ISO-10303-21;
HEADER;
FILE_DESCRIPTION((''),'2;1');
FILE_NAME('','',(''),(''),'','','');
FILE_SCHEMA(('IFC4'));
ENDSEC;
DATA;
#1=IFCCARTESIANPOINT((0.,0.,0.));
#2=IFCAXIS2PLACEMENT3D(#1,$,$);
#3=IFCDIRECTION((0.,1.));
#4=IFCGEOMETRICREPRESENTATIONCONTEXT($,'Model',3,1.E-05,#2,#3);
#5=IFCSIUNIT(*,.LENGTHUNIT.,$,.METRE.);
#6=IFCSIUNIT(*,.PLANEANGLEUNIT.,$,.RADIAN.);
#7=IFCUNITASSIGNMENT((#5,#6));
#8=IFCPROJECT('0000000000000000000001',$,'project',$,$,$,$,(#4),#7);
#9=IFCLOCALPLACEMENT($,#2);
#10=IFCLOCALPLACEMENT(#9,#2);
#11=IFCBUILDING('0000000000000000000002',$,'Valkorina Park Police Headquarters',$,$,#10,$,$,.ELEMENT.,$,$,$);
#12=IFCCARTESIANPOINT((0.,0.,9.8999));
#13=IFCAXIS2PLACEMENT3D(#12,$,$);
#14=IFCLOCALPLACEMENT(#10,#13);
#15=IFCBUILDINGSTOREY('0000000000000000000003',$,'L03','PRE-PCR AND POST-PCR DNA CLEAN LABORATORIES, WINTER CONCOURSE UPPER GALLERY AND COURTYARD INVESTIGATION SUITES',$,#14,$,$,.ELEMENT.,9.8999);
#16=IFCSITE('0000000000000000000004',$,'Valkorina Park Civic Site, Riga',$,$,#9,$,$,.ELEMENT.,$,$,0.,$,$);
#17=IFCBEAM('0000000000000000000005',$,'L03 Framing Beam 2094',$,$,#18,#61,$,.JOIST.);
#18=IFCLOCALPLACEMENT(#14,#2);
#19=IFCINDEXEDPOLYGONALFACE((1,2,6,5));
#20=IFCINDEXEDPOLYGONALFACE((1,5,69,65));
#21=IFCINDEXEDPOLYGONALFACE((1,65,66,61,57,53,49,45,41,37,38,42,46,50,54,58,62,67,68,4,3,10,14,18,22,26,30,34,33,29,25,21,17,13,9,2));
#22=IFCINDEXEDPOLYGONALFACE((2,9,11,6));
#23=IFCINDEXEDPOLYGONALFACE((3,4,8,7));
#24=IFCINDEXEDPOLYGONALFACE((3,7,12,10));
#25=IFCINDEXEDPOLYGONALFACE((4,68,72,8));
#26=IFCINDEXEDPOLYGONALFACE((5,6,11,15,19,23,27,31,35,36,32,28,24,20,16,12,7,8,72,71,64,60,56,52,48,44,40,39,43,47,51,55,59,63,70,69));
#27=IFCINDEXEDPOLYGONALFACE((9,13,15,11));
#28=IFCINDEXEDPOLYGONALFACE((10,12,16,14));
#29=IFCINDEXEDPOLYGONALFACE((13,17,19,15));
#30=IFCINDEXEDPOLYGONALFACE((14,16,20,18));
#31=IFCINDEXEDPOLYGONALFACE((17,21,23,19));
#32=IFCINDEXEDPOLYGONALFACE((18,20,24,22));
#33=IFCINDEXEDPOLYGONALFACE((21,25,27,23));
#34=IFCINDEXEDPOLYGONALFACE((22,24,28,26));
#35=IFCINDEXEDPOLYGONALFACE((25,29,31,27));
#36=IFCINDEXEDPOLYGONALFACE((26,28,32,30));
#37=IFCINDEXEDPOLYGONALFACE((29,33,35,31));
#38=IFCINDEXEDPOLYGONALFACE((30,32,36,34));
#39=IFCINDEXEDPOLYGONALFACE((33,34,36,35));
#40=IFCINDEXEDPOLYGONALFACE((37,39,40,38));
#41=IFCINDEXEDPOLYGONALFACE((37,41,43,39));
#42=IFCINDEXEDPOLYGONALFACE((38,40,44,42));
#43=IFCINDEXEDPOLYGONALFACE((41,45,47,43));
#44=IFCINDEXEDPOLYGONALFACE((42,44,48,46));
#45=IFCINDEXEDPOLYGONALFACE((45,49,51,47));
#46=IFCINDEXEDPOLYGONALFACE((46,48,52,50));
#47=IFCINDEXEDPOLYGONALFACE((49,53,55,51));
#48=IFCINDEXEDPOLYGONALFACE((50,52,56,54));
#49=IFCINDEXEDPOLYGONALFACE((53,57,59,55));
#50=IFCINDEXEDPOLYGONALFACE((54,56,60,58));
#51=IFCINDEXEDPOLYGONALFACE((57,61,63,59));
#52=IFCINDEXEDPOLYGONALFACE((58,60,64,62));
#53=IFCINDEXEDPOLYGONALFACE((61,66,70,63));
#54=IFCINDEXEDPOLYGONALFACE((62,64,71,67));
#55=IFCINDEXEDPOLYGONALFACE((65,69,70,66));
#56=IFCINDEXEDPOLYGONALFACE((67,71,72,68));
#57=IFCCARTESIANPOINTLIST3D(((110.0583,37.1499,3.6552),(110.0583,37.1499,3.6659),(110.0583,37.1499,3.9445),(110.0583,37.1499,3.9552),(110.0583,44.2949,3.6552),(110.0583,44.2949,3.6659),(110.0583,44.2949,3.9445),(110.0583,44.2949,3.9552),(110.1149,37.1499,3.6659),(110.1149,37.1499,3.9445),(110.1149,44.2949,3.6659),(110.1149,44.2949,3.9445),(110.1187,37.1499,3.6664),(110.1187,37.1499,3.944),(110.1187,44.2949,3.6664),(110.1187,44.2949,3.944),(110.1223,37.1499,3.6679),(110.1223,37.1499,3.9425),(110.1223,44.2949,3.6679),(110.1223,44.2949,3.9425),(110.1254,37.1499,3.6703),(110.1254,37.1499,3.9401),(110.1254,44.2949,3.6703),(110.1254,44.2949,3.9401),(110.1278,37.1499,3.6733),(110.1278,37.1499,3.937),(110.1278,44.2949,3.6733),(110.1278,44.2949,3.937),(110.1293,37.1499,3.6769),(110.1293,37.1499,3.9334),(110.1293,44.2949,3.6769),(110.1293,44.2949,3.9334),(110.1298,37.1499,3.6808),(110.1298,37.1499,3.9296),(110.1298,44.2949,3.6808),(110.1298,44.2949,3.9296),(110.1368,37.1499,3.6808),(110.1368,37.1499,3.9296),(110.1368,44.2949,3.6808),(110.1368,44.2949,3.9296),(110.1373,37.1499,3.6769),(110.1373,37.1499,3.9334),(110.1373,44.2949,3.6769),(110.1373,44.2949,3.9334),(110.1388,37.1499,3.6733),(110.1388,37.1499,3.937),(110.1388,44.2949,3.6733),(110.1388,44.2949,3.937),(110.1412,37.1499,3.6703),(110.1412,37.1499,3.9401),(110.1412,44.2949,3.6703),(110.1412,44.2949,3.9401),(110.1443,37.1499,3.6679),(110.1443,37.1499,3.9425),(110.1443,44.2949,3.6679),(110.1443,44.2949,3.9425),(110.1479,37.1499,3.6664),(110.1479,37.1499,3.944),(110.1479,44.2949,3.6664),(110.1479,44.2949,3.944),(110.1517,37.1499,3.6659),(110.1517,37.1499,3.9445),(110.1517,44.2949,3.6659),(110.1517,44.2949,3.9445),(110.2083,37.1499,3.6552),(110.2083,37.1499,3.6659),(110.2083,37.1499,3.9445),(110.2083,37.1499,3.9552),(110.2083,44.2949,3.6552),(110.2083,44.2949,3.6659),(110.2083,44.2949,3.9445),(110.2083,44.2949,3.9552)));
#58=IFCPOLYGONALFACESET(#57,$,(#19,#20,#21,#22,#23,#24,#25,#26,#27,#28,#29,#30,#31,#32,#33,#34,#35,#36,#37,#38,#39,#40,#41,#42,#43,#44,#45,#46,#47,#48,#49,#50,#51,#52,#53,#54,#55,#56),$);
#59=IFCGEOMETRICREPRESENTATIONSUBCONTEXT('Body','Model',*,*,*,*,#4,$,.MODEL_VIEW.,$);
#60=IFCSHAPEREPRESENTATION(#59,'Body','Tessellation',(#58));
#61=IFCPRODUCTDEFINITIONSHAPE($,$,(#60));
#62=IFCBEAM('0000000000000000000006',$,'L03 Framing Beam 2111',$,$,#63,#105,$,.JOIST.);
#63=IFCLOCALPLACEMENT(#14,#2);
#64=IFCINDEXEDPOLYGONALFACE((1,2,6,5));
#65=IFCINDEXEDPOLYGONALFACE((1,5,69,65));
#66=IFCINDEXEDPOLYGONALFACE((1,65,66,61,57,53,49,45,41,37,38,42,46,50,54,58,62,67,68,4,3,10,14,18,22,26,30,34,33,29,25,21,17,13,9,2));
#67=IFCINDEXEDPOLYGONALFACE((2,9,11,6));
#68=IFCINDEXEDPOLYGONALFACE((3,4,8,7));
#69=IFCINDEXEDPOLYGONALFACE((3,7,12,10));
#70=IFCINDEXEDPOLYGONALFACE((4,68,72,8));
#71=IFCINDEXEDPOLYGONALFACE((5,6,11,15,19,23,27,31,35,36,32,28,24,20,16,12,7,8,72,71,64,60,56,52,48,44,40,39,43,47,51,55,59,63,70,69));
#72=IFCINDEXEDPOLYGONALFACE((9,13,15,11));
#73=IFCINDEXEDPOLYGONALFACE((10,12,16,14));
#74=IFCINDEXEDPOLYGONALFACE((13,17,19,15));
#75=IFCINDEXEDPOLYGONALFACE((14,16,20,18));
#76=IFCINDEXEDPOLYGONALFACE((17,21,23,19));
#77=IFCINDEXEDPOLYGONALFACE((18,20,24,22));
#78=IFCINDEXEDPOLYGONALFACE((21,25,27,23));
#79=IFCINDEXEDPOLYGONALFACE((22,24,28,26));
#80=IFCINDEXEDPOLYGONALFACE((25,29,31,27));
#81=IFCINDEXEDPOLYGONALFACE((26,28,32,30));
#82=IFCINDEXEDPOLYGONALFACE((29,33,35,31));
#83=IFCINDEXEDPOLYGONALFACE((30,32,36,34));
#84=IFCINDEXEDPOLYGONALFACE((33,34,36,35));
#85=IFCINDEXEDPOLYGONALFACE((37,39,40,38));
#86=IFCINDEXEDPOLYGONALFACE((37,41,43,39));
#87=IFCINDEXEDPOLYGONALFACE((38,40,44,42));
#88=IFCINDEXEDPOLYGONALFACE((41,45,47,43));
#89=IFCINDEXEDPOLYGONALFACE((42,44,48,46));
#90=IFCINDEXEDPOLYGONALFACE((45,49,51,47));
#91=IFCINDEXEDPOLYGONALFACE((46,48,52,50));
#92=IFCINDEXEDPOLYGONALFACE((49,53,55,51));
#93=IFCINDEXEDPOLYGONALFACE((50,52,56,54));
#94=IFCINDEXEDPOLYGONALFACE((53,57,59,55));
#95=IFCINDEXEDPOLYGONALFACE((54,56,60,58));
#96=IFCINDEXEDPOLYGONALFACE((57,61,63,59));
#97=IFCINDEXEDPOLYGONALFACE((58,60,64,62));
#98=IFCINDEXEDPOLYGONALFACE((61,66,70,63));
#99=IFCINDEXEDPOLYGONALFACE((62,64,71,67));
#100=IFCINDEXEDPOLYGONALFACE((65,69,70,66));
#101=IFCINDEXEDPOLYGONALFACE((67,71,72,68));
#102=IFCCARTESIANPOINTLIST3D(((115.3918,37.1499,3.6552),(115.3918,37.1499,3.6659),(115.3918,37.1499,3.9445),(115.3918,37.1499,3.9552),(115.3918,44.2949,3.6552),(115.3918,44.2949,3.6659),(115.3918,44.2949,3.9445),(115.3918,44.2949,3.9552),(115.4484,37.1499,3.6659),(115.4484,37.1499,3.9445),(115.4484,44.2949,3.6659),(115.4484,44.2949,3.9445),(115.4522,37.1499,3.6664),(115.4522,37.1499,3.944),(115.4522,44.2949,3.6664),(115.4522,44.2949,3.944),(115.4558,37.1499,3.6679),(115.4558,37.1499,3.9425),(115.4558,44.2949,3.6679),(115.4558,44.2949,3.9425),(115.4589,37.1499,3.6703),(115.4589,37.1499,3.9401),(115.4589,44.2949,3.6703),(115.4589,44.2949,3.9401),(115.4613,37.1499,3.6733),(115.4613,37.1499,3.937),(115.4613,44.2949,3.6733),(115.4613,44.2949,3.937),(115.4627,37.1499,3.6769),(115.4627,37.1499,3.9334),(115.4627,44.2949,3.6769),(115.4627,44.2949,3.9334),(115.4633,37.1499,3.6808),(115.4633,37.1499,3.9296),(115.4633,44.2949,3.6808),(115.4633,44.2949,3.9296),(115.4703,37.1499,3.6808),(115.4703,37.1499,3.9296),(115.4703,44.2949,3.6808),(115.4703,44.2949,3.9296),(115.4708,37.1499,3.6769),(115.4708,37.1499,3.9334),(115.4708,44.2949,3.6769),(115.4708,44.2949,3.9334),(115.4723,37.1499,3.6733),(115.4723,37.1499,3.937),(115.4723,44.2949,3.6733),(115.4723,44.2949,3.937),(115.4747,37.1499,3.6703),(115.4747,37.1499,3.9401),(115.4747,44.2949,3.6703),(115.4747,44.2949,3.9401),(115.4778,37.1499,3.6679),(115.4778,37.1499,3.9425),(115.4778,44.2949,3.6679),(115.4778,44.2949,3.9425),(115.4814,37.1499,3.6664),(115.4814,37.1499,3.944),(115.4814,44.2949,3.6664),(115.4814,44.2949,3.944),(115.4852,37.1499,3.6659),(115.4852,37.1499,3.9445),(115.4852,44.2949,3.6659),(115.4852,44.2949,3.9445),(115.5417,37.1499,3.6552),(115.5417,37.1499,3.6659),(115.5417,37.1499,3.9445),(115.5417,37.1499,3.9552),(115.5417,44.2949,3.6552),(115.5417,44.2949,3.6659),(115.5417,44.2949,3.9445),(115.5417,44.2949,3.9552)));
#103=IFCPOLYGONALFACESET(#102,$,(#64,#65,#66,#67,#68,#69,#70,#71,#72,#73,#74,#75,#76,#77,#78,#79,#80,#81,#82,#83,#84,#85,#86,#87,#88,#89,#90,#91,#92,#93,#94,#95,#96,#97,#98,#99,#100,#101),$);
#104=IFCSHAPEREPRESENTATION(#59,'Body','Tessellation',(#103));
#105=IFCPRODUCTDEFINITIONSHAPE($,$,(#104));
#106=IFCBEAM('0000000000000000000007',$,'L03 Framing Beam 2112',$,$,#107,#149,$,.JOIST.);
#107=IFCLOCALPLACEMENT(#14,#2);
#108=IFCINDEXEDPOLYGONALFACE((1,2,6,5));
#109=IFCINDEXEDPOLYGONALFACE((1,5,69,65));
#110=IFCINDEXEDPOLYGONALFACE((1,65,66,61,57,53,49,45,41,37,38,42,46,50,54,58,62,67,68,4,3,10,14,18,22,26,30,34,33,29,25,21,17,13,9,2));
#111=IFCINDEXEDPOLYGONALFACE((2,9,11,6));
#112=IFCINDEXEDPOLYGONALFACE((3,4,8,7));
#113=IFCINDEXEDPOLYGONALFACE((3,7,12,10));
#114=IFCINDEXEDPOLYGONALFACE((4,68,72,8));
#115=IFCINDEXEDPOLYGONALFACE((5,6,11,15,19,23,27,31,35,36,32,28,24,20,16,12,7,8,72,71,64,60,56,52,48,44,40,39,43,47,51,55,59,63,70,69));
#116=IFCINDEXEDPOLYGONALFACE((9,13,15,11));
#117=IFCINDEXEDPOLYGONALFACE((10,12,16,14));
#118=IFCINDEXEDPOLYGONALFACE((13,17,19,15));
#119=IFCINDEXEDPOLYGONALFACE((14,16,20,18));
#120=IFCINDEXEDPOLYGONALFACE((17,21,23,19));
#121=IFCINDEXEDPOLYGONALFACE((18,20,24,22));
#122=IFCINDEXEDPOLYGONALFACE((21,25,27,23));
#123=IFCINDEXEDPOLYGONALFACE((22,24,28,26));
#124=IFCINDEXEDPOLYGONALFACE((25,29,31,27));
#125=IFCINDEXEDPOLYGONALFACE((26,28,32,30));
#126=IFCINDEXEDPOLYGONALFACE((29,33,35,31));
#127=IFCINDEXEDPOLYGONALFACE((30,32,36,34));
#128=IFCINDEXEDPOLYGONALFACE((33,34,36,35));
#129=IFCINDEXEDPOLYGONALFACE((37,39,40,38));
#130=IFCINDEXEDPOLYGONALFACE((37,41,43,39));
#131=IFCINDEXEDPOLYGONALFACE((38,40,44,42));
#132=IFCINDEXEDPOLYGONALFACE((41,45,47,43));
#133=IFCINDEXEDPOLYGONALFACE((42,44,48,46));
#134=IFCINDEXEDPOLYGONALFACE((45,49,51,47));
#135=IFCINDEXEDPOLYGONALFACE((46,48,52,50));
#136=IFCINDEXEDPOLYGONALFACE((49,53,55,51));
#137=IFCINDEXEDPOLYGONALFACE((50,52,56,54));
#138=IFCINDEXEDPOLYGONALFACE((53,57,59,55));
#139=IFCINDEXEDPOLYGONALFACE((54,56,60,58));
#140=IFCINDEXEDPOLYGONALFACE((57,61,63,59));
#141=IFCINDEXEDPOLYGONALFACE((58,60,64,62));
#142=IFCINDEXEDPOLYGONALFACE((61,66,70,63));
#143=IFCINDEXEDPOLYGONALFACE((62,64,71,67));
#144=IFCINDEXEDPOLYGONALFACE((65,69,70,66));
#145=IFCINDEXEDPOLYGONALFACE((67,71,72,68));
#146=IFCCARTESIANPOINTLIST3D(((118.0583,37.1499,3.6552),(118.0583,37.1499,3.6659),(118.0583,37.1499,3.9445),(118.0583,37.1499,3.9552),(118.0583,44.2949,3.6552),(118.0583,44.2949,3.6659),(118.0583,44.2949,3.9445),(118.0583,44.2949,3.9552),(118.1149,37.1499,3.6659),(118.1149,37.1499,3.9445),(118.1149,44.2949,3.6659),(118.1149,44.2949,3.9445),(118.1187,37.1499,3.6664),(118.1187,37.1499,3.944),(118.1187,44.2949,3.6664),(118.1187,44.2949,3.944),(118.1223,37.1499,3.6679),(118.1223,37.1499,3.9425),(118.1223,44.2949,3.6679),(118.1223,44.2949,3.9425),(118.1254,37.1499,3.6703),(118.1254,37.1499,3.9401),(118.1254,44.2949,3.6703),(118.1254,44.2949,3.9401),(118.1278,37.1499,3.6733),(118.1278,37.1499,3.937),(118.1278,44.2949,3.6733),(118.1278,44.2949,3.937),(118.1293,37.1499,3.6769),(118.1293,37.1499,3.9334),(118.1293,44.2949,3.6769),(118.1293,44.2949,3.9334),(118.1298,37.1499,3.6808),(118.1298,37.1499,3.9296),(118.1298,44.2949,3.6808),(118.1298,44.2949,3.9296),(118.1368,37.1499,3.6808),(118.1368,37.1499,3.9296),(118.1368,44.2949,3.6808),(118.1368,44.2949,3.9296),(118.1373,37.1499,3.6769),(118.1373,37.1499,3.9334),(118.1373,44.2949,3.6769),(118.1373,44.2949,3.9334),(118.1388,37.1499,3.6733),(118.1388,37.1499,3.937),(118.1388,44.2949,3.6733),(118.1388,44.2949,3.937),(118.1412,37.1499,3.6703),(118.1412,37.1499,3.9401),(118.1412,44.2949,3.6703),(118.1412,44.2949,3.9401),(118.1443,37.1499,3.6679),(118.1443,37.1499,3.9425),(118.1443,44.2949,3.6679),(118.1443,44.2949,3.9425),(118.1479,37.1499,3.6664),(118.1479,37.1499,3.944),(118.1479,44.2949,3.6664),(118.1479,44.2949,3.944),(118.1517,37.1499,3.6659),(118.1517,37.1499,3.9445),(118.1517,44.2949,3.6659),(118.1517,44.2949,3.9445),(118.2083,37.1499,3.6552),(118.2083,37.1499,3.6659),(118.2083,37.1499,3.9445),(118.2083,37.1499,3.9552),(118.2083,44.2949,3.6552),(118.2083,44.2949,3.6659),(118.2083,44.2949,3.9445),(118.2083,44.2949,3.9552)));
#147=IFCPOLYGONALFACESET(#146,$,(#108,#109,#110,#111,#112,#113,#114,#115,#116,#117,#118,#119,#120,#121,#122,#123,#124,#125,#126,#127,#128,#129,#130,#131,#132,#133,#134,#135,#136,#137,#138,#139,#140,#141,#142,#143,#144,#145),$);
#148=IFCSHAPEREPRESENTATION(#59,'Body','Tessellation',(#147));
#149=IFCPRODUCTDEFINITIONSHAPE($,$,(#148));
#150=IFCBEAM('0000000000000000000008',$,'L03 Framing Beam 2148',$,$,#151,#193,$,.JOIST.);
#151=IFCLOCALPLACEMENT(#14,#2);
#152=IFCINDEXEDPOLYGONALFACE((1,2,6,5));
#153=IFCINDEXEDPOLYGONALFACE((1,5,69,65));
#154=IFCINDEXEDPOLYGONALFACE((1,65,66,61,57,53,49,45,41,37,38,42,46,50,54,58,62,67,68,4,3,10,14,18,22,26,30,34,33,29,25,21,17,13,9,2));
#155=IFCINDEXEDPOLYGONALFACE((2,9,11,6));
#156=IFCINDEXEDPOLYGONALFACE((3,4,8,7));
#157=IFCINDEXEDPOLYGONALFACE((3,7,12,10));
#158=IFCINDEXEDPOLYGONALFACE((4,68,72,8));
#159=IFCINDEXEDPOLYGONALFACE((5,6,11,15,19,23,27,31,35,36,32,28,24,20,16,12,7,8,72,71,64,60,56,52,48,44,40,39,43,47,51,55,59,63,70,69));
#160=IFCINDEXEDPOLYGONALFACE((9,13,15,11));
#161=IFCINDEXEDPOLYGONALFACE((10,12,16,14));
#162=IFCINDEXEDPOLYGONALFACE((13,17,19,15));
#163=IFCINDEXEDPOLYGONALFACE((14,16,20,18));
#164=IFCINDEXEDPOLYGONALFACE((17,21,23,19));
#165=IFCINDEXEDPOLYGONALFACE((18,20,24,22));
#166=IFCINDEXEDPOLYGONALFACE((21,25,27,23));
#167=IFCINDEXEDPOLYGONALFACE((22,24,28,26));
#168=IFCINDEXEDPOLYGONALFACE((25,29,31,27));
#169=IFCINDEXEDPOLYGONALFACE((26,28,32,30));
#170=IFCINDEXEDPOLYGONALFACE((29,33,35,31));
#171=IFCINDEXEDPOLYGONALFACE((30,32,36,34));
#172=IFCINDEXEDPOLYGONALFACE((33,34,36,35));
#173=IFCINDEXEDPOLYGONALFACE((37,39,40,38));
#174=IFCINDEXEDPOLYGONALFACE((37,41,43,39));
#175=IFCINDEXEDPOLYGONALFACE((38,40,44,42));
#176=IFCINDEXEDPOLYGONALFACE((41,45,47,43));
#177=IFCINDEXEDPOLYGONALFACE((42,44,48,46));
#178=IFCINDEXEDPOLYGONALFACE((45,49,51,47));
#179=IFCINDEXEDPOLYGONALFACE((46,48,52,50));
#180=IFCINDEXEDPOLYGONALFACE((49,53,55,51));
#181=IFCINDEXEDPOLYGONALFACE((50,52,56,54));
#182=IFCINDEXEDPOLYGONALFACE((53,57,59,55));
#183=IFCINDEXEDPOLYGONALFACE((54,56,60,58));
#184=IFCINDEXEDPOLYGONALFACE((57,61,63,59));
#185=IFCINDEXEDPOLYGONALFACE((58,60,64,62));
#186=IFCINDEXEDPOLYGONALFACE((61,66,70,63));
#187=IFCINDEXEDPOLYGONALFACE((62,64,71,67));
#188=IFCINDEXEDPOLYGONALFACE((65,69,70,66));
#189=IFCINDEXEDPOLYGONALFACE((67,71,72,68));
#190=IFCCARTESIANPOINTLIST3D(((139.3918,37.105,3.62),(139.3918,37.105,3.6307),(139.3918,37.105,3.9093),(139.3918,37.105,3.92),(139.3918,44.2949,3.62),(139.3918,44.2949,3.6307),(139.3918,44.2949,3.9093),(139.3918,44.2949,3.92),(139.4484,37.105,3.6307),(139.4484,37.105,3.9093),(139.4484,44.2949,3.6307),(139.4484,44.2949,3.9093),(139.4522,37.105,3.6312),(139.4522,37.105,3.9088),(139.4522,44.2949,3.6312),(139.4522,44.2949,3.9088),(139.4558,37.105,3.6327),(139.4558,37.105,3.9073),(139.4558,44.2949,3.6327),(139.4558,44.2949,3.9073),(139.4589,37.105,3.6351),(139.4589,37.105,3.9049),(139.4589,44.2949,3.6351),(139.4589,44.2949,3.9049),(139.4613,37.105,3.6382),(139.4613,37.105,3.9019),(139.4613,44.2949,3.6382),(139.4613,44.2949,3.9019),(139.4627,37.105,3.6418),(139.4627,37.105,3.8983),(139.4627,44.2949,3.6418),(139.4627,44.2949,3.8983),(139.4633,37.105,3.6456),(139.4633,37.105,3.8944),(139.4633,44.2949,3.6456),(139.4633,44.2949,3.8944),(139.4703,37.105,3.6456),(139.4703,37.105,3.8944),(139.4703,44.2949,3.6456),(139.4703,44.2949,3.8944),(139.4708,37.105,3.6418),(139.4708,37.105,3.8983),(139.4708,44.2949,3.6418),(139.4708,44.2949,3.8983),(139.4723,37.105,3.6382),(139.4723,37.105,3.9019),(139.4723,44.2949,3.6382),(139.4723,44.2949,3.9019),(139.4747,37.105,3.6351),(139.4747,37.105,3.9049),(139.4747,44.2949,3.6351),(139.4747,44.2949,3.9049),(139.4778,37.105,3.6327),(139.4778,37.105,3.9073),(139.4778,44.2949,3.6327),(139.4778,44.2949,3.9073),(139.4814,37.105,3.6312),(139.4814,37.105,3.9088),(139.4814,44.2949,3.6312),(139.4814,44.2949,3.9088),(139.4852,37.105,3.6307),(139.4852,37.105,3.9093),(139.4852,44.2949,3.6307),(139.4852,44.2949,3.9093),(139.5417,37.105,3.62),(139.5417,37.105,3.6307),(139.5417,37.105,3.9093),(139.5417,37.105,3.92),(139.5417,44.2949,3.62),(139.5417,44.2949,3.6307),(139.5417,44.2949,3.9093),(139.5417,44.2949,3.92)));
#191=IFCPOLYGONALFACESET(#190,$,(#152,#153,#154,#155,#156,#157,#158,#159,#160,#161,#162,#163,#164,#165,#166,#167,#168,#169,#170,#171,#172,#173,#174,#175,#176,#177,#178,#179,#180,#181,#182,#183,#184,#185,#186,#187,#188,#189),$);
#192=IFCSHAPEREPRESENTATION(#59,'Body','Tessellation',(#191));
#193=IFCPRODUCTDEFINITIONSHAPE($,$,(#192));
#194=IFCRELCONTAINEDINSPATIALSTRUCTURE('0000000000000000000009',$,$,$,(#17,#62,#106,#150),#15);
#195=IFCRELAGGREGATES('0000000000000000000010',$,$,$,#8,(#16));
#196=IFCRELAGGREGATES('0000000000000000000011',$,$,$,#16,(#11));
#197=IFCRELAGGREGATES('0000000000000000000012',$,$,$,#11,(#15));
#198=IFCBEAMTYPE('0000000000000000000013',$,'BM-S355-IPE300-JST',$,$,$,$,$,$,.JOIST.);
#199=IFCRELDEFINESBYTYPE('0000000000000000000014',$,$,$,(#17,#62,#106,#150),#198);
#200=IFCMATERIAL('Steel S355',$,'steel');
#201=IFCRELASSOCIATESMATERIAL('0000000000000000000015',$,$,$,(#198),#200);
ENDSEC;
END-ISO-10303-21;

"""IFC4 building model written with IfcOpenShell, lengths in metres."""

from ifc_helpers import new_model, si_unit, direction, frame, origin, origin_2d, place, context, subcontext, project, spatial, i_section, extrude, material, material_profile, profile_set, type_object, element, save


model = new_model("IFC4")

# Units and contexts
model_context = context("Model", 3, precision=1e-05, world=origin(), true_north=direction((0.0, 1.0)))
body_context = subcontext(model_context, "Body", "Model", "MODEL_VIEW")
ifc_project = project(units=[si_unit("LENGTHUNIT", "METRE"), si_unit("PLANEANGLEUNIT", "RADIAN")], contexts=[model_context])

# Site, building, storey
site_placement = place(None, origin())
site = spatial("IfcSite", under=ifc_project, at=site_placement, Name="Valkorina Park Civic Site, Riga", CompositionType="ELEMENT", RefElevation=0.0)
building_placement = place(site_placement, origin())
building = spatial("IfcBuilding", under=site, at=building_placement, Name="Valkorina Park Police Headquarters", CompositionType="ELEMENT")
storey_placement = place(building_placement, frame((0.0, 0.0, 9.8999)))
storey = spatial("IfcBuildingStorey", under=building, at=storey_placement, Name="L03", Description="PRE-PCR AND POST-PCR DNA CLEAN LABORATORIES, WINTER CONCOURSE UPPER GALLERY AND COURTYARD INVESTIGATION SUITES", CompositionType="ELEMENT", Elevation=9.8999)

# Shared definitions
ifc_material_1 = material(Name="Steel S355", Category="steel")

# Beams
ifc_material_profile_1 = material_profile(ifc_material_1, i_section(OverallWidth=0.1499, OverallDepth=0.3, WebThickness=0.0071, FlangeThickness=0.0107, FilletRadius=0.0149, at=origin_2d()), Name="IPE 300")
ifc_profile_set_1 = profile_set([ifc_material_profile_1], Name="Steel S355")
beam_type_1 = type_object("IfcBeamType", Name="BM-S355-IPE300-JST", PredefinedType="JOIST", material=ifc_profile_set_1)
for number, where, z_axis, x_axis, name in (
    (1, (110.1333, 37.1499, 3.8052), (0.0, 1.0, 0.0), (-1.0, 0.0, 0.0), "L03 Framing Beam 2094"),
    (2, (115.4668, 37.1499, 3.8052), (0.0, 1.0, 0.0), (-1.0, 0.0, 0.0), "L03 Framing Beam 2111"),
    (3, (118.1333, 37.1499, 3.8052), (0.0, 1.0, 0.0), (-1.0, 0.0, 0.0), "L03 Framing Beam 2112"),
):
    element("IfcBeam", number, at=place(storey_placement, frame(where, z_axis=z_axis, x_axis=x_axis)), inside=storey, type_object=beam_type_1, Name=name, PredefinedType="JOIST", context=body_context, shape_type="SweptSolid", body=[
        extrude(i_section(OverallWidth=0.1499, OverallDepth=0.3, WebThickness=0.0071, FlangeThickness=0.0107, FilletRadius=0.0149, at=origin_2d()), origin(), (0.0, 0.0, 1.0), 7.145),
    ])
for number, where, z_axis, x_axis, name in (
    (4, (139.4668, 37.105, 3.77), (0.0, 1.0, 0.0), (-1.0, 0.0, 0.0), "L03 Framing Beam 2148"),
):
    element("IfcBeam", number, at=place(storey_placement, frame(where, z_axis=z_axis, x_axis=x_axis)), inside=storey, type_object=beam_type_1, Name=name, PredefinedType="JOIST", context=body_context, shape_type="SweptSolid", body=[
        extrude(i_section(OverallWidth=0.1499, OverallDepth=0.3, WebThickness=0.0071, FlangeThickness=0.0107, FilletRadius=0.0149, at=origin_2d()), origin(), (0.0, 0.0, 1.0), 7.1899),
    ])

save(model, "model.ifc")
